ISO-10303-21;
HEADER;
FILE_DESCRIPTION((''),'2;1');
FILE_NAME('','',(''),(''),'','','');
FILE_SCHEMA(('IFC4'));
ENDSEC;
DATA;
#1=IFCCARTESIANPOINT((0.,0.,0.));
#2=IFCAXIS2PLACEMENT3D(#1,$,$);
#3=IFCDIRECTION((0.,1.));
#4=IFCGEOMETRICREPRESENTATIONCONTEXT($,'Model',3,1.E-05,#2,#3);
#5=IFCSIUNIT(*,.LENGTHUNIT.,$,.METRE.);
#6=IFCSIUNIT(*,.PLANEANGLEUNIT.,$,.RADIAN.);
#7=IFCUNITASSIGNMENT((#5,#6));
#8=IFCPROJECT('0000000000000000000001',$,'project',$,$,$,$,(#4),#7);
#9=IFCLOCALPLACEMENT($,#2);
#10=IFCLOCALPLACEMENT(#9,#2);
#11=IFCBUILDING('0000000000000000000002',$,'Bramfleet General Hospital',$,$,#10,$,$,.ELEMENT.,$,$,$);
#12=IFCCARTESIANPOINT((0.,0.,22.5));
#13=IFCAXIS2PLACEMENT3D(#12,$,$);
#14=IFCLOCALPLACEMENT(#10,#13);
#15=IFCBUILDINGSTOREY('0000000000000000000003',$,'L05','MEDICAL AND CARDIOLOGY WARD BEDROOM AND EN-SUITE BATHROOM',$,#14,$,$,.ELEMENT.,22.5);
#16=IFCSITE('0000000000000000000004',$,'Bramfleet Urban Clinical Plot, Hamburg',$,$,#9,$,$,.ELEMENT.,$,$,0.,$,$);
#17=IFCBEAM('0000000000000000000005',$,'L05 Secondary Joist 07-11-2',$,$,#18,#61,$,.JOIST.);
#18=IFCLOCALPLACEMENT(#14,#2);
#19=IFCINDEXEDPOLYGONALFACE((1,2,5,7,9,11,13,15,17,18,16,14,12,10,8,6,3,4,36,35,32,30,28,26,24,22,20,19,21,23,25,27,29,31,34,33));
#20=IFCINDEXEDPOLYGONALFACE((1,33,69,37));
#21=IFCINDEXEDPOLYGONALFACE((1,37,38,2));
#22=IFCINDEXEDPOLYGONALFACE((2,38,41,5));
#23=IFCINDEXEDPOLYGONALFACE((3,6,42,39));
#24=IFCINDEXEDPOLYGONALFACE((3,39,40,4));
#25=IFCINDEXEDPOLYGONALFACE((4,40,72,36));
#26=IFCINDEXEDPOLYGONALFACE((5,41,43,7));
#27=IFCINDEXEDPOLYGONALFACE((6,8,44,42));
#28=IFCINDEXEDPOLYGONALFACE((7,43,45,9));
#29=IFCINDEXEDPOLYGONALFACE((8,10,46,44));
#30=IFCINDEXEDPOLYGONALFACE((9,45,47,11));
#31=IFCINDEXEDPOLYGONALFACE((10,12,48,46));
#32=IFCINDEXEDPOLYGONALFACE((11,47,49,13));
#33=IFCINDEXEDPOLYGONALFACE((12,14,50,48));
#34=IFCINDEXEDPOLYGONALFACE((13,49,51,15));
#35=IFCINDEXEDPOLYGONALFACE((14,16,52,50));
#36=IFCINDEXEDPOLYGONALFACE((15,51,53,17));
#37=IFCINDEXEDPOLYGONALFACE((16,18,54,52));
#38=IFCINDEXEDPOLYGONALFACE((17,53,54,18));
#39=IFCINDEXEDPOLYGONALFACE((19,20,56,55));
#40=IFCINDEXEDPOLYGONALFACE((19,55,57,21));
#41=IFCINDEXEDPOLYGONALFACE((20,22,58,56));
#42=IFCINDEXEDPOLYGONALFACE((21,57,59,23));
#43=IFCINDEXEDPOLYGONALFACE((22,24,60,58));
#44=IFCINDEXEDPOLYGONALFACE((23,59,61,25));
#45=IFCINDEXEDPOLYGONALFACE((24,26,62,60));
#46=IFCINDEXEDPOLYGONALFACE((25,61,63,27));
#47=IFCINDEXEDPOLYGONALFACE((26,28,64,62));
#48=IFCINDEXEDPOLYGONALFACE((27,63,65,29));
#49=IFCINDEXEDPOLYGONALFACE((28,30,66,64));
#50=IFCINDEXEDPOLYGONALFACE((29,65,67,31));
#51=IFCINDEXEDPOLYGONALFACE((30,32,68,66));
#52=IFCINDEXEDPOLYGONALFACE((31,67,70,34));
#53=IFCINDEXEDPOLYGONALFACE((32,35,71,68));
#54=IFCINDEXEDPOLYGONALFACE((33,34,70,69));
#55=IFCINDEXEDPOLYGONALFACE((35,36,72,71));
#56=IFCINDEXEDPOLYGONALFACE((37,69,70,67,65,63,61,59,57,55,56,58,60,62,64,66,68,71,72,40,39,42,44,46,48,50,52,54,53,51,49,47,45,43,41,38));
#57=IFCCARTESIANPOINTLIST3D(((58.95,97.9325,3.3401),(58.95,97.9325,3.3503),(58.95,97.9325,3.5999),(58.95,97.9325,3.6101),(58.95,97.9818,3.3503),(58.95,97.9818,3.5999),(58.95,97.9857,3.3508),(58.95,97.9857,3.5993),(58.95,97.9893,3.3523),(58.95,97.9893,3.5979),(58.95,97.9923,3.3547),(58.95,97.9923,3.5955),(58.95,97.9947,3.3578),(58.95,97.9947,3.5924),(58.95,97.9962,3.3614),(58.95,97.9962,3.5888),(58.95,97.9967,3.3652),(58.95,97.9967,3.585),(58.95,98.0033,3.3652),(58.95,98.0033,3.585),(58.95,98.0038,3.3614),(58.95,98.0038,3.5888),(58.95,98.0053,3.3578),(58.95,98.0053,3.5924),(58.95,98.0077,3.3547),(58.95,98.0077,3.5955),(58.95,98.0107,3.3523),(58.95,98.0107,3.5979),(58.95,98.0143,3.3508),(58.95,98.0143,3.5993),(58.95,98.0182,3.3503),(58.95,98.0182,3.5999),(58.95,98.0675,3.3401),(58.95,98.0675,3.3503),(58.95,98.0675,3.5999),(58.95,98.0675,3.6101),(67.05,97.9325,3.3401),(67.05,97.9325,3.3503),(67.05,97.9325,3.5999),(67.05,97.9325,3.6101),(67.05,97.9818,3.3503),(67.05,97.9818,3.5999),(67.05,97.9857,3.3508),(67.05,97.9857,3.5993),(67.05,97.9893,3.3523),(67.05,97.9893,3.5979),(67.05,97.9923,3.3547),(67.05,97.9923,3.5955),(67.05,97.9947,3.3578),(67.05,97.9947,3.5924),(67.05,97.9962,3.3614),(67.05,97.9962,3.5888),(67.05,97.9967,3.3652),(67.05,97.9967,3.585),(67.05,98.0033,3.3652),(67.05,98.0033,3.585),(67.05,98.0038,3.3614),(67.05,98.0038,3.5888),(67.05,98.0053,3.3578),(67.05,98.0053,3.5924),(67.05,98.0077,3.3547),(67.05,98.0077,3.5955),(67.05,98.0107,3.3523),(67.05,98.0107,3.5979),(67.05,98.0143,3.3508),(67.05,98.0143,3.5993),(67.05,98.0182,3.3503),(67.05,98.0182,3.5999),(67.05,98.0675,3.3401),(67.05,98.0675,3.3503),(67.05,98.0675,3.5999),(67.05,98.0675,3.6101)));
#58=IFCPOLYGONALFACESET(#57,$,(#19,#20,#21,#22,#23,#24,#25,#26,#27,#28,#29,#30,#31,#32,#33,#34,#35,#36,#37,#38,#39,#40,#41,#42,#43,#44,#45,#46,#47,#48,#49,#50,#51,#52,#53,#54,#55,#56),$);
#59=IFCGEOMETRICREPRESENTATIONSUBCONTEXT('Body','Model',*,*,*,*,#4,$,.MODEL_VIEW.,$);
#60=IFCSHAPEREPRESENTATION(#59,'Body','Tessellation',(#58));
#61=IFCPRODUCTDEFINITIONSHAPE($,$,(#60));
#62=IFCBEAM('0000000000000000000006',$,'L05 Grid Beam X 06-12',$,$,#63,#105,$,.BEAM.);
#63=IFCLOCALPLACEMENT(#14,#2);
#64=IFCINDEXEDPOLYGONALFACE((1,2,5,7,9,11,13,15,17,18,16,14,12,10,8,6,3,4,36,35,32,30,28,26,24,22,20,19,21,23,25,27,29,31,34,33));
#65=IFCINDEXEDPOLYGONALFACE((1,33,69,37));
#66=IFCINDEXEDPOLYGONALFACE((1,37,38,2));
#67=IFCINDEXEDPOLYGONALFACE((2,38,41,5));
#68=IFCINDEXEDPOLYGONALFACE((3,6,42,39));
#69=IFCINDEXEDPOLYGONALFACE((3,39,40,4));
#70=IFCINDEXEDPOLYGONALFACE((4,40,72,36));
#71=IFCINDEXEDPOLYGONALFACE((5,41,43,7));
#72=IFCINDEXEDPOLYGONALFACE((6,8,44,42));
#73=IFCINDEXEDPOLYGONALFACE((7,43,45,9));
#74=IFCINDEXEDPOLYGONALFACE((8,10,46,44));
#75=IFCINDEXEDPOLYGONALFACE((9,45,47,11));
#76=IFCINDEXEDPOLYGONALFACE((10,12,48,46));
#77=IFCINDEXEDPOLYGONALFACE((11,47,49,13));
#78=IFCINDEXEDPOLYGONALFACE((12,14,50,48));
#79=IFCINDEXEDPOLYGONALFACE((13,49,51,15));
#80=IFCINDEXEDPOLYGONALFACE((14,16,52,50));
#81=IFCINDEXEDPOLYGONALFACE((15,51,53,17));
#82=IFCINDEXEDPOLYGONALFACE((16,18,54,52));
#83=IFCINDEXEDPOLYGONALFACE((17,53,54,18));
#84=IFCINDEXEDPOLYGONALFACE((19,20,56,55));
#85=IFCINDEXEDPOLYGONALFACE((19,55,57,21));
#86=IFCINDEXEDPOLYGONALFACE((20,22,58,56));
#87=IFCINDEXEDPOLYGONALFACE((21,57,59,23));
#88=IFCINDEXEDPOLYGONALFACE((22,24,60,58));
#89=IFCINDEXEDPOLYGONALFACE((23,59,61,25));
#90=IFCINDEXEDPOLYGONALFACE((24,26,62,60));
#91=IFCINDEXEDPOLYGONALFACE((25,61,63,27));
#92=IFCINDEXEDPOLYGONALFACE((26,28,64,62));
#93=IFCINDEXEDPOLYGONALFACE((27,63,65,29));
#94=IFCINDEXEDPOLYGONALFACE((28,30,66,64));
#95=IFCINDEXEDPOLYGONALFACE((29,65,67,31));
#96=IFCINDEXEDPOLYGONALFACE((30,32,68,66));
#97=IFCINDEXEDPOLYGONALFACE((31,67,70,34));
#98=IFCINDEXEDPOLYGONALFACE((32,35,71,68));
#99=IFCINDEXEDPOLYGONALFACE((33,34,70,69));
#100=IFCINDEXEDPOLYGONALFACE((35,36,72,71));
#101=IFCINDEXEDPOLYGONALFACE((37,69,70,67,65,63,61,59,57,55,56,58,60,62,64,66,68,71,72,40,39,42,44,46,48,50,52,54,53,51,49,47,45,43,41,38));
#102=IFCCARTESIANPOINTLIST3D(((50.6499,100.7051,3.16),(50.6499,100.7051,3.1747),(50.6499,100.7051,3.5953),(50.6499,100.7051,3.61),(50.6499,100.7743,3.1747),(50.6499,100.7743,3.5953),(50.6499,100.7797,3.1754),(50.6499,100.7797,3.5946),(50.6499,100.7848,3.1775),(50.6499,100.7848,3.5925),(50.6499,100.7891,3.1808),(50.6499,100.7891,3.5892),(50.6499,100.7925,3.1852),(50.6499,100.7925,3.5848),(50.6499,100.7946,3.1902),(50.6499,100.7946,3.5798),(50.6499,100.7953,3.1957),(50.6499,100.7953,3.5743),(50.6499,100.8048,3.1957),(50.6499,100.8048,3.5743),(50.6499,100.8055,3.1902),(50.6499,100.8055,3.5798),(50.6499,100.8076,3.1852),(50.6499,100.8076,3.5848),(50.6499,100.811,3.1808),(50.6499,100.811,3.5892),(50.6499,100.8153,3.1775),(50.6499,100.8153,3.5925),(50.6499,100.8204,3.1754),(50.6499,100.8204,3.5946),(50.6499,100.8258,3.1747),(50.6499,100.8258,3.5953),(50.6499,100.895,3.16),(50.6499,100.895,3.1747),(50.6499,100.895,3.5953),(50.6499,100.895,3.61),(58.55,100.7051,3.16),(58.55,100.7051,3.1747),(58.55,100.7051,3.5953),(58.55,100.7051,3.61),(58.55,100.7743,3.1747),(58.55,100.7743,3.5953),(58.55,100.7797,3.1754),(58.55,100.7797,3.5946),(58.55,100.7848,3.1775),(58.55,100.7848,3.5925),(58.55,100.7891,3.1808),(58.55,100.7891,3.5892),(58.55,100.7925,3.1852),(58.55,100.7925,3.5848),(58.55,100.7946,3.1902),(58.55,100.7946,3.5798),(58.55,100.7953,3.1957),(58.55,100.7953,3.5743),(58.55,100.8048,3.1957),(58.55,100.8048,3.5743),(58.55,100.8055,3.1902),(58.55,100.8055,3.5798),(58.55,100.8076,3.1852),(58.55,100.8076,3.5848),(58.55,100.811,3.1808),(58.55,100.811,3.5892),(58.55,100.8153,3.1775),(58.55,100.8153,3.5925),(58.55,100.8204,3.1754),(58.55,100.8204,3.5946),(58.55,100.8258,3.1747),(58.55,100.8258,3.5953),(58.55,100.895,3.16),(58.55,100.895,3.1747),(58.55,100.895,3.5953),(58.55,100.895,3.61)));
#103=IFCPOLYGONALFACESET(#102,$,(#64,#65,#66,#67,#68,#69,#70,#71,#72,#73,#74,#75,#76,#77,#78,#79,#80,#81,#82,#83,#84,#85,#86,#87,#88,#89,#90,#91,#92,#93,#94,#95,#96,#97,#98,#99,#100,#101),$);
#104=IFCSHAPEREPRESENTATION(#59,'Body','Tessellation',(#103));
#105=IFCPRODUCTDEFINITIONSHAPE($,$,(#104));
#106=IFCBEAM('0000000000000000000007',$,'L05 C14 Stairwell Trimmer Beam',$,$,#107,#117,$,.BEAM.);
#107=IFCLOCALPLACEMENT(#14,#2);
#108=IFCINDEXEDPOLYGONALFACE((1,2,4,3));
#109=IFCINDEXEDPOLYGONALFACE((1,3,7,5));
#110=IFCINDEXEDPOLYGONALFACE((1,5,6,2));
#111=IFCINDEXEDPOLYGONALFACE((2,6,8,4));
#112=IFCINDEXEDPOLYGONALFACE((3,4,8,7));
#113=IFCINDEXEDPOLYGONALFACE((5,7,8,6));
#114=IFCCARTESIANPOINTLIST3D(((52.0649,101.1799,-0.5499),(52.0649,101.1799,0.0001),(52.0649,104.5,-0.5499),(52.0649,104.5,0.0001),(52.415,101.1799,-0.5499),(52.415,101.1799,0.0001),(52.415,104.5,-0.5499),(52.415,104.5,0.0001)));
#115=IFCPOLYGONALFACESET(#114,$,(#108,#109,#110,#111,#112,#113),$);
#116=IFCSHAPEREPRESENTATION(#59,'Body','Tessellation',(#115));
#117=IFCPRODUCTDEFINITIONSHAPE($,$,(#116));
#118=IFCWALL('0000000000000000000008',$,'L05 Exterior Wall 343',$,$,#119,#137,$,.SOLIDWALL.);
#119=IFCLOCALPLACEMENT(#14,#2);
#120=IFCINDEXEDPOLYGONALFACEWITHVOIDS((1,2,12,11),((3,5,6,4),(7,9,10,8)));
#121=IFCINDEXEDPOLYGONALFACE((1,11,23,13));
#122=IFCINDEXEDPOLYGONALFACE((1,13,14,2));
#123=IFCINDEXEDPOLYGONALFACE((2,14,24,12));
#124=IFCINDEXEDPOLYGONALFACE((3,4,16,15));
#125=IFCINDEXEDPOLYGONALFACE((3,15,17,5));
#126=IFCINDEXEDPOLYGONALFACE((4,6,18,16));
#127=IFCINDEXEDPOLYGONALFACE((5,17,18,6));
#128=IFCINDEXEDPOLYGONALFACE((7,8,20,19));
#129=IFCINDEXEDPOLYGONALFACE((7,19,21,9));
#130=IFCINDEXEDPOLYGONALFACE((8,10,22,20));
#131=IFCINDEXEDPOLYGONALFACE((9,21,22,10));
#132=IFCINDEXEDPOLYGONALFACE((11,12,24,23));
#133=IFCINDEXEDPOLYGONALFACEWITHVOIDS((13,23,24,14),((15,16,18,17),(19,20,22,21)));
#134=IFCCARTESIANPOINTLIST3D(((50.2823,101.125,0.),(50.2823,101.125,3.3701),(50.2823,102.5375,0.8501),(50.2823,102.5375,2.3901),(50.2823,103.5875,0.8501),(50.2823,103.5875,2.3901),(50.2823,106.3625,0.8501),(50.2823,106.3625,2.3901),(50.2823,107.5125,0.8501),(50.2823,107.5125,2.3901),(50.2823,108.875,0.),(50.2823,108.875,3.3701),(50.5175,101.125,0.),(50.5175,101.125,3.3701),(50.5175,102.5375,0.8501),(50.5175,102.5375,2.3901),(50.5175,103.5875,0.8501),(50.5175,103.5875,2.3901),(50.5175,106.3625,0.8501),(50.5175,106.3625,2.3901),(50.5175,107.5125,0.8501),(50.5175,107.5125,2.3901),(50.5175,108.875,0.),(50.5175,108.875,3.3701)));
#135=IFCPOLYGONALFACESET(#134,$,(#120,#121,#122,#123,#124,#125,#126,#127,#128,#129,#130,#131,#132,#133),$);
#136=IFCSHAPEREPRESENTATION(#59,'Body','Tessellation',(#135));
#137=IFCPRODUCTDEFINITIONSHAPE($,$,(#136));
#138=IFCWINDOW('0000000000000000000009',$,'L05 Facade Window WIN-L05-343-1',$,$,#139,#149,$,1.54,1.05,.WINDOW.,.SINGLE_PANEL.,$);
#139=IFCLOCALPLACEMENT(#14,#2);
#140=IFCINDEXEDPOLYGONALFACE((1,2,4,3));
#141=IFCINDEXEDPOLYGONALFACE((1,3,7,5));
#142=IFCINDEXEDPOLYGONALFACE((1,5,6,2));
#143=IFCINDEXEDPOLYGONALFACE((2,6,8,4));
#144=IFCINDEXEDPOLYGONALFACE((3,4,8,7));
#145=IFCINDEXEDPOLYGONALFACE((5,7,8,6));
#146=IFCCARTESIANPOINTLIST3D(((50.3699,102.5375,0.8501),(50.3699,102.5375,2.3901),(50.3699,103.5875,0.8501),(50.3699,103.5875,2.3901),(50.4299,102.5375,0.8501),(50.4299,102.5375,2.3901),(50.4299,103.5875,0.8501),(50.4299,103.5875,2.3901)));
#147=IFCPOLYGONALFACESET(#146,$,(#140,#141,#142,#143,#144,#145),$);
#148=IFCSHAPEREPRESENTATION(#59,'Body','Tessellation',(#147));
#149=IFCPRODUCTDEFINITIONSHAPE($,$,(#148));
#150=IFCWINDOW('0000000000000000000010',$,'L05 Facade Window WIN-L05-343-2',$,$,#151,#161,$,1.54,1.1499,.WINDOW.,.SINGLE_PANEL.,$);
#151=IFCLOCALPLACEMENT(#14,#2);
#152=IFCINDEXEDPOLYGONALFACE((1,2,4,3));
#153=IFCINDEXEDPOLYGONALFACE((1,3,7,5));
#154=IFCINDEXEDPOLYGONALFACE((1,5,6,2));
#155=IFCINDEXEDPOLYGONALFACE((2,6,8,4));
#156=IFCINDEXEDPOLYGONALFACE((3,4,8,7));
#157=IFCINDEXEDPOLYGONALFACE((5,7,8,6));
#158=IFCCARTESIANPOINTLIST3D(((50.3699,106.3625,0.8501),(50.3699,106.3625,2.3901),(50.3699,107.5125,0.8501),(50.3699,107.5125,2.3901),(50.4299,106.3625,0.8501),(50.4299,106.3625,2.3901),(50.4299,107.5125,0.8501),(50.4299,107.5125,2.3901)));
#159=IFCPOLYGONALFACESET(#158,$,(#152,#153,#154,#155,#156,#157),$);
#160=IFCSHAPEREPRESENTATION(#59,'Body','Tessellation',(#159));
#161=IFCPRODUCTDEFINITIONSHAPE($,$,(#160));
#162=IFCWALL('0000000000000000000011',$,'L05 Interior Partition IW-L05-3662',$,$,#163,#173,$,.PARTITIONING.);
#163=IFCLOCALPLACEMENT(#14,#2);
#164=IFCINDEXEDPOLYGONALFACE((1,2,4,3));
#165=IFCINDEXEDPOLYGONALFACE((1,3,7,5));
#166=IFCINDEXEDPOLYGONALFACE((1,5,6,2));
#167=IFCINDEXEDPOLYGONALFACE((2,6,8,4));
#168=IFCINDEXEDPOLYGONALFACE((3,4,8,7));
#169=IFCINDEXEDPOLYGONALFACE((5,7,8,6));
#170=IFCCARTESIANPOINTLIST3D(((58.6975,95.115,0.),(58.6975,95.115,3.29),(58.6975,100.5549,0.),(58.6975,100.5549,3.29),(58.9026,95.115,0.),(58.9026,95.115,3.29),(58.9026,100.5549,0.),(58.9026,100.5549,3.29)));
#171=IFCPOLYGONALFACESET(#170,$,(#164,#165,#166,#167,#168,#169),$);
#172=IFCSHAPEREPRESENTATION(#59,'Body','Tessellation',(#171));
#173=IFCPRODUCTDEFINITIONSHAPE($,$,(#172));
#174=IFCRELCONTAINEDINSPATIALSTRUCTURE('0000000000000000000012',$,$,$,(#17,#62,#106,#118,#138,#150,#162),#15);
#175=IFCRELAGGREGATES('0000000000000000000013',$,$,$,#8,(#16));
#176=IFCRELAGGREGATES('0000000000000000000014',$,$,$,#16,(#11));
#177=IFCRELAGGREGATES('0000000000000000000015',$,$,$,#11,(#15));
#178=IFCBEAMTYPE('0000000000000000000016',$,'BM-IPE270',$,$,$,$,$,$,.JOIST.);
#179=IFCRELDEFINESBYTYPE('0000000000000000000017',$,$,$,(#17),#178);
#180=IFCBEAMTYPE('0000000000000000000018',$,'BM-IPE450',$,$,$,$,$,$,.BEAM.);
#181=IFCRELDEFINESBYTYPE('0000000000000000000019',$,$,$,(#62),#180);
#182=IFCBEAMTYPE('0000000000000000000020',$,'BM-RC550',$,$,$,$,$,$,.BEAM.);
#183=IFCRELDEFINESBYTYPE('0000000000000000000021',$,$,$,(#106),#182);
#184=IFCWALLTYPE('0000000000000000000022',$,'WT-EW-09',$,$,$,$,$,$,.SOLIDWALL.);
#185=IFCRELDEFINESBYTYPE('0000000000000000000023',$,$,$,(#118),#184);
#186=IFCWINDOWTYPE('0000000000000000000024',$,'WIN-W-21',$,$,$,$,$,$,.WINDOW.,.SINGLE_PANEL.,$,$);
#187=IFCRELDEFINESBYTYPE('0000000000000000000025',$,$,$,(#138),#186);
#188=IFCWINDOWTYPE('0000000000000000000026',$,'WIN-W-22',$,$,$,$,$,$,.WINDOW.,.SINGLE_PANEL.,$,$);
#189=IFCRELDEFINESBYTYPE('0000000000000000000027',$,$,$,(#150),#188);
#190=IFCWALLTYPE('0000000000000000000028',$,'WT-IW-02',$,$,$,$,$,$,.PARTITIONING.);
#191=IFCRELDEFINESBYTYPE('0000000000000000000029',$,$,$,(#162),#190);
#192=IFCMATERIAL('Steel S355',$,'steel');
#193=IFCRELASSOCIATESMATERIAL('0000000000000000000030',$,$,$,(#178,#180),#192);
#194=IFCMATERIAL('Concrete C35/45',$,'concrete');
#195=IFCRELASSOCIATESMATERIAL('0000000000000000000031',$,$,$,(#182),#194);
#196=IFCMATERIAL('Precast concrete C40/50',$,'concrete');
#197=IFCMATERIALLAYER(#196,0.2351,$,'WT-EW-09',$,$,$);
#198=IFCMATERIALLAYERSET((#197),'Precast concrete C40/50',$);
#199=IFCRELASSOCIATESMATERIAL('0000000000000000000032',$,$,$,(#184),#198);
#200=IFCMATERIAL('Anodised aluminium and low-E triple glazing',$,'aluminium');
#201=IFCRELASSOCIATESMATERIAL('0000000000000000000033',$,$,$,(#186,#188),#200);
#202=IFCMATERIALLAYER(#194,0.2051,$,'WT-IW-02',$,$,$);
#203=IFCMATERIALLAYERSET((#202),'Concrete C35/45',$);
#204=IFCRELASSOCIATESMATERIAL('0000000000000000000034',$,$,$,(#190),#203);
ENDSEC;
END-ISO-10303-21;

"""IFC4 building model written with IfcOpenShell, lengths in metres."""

from ifc_helpers import new_model, si_unit, direction, frame, frame_2d, origin, origin_2d, place, context, subcontext, project, spatial, rectangle, i_section, extrude, material, layer, layer_set, material_profile, profile_set, type_object, element, fill, save


model = new_model("IFC4")

# Units and contexts
model_context = context("Model", 3, precision=1e-05, world=origin(), true_north=direction((0.0, 1.0)))
body_context = subcontext(model_context, "Body", "Model", "MODEL_VIEW")
ifc_project = project(units=[si_unit("LENGTHUNIT", "METRE"), si_unit("PLANEANGLEUNIT", "RADIAN")], contexts=[model_context])

# Site, building, storey
site_placement = place(None, origin())
site = spatial("IfcSite", under=ifc_project, at=site_placement, Name="Bramfleet Urban Clinical Plot, Hamburg", CompositionType="ELEMENT", RefElevation=0.0)
building_placement = place(site_placement, origin())
building = spatial("IfcBuilding", under=site, at=building_placement, Name="Bramfleet General Hospital", CompositionType="ELEMENT")
storey_placement = place(building_placement, frame((0.0, 0.0, 22.5)))
storey = spatial("IfcBuildingStorey", under=building, at=storey_placement, Name="L05", Description="MEDICAL AND CARDIOLOGY WARD BEDROOM AND EN-SUITE BATHROOM", CompositionType="ELEMENT", Elevation=22.5)

# Beams
ifc_material_1 = material(Name="Steel S355", Category="steel")
ifc_material_profile_1 = material_profile(ifc_material_1, i_section(OverallWidth=0.135, OverallDepth=0.27, WebThickness=0.0066, FlangeThickness=0.0103, FilletRadius=0.0149, at=origin_2d()), Name="IPE 270")
ifc_profile_set_1 = profile_set([ifc_material_profile_1], Name="Steel S355")
beam_type_1 = type_object("IfcBeamType", Name="BM-IPE270", PredefinedType="JOIST", material=ifc_profile_set_1)
for number, where, z_axis, x_axis, name in (
    (1, (58.95, 98.0, 3.4751), (1.0, 0.0, 0.0), (0.0, 1.0, 0.0), "L05 Secondary Joist 07-11-2"),
):
    element("IfcBeam", number, at=place(storey_placement, frame(where, z_axis=z_axis, x_axis=x_axis)), inside=storey, type_object=beam_type_1, Name=name, PredefinedType="JOIST", context=body_context, shape_type="SweptSolid", body=[
        extrude(i_section(OverallWidth=0.135, OverallDepth=0.27, WebThickness=0.0066, FlangeThickness=0.0103, FilletRadius=0.0149, at=origin_2d()), origin(), (0.0, 0.0, 1.0), 8.1001),
    ])
ifc_material_profile_2 = material_profile(ifc_material_1, i_section(OverallWidth=0.1899, OverallDepth=0.45, WebThickness=0.0095, FlangeThickness=0.0146, FilletRadius=0.021, at=origin_2d()), Name="IPE 450")
ifc_profile_set_2 = profile_set([ifc_material_profile_2], Name="Steel S355")
beam_type_2 = type_object("IfcBeamType", Name="BM-IPE450", PredefinedType="BEAM", material=ifc_profile_set_2)
beam_1_placement = place(storey_placement, frame((50.6499, 100.8, 3.385), z_axis=(1.0, 0.0, 0.0), x_axis=(0.0, 1.0, 0.0)))
element("IfcBeam", 2, at=beam_1_placement, inside=storey, type_object=beam_type_2, Name="L05 Grid Beam X 06-12", PredefinedType="BEAM", context=body_context, shape_type="SweptSolid", body=[
    extrude(i_section(OverallWidth=0.1899, OverallDepth=0.45, WebThickness=0.0095, FlangeThickness=0.0146, FilletRadius=0.021, at=origin_2d()), origin(), (0.0, 0.0, 1.0), 7.9001),
])
ifc_material_2 = material(Name="Concrete C35/45", Category="concrete")
ifc_material_profile_3 = material_profile(ifc_material_2, rectangle(XDim=0.3501, YDim=0.55, at=origin_2d()), Name="RC BM 550x350")
ifc_profile_set_3 = profile_set([ifc_material_profile_3], Name="Concrete C35/45")
beam_type_3 = type_object("IfcBeamType", Name="BM-RC550", PredefinedType="BEAM", material=ifc_profile_set_3)
beam_2_placement = place(storey_placement, frame((52.24, 101.1799, -0.2749), z_axis=(0.0, 1.0, 0.0), x_axis=(-1.0, 0.0, 0.0)))
element("IfcBeam", 3, at=beam_2_placement, inside=storey, type_object=beam_type_3, Name="L05 C14 Stairwell Trimmer Beam", PredefinedType="BEAM", context=body_context, shape_type="SweptSolid", body=[
    extrude(rectangle(XDim=0.3501, YDim=0.55, at=origin_2d()), origin(), (0.0, 0.0, 1.0), 3.3201),
])

# Shared definitions
ifc_material_3 = material(Name="Precast concrete C40/50", Category="concrete")
ifc_material_4 = material(Name="Anodised aluminium and low-E triple glazing", Category="aluminium")

# Wall, openings, windows
ifc_layer_1 = layer(ifc_material_3, 0.2351, Name="WT-EW-09")
ifc_layer_set_1 = layer_set([ifc_layer_1], Name="Precast concrete C40/50")
wall_type_1 = type_object("IfcWallType", Name="WT-EW-09", PredefinedType="SOLIDWALL", material=ifc_layer_set_1)
wall_1_placement = place(storey_placement, frame((50.3999, 101.125, 0.0), z_axis=(0.0, 0.0, 1.0), x_axis=(0.0, 1.0, 0.0)))
wall_1 = element("IfcWall", 4, at=wall_1_placement, inside=storey, type_object=wall_type_1, Name="L05 Exterior Wall 343", PredefinedType="SOLIDWALL", context=body_context, shape_type="SweptSolid", body=[
    extrude(rectangle(XDim=7.75, YDim=0.2351, at=frame_2d((3.875, 0.0))), origin(), (0.0, 0.0, 1.0), 3.3701),
])
opening_1_placement = place(wall_1_placement, frame((1.4126, 0.0, 0.8501)))
opening_1 = element("IfcOpeningElement", 5, at=opening_1_placement, cuts=wall_1, PredefinedType="OPENING", context=body_context, shape_type="SweptSolid", body=[
    extrude(rectangle(XDim=1.05, YDim=1.54, at=frame_2d((0.5249, 0.77))), frame((0.0, 0.1274, 0.0), z_axis=(0.0, -1.0, 0.0), x_axis=(1.0, 0.0, 0.0)), (0.0, 0.0, 1.0), 0.2551),
])
opening_2_placement = place(wall_1_placement, frame((5.2375, 0.0, 0.8501)))
opening_2 = element("IfcOpeningElement", 6, at=opening_2_placement, cuts=wall_1, PredefinedType="OPENING", context=body_context, shape_type="SweptSolid", body=[
    extrude(rectangle(XDim=1.1499, YDim=1.54, at=frame_2d((0.575, 0.77))), frame((0.0, 0.1274, 0.0), z_axis=(0.0, -1.0, 0.0), x_axis=(1.0, 0.0, 0.0)), (0.0, 0.0, 1.0), 0.2551),
])
window_type_1 = type_object("IfcWindowType", Name="WIN-W-21", PartitioningType="SINGLE_PANEL", PredefinedType="WINDOW", material=ifc_material_4)
window_1_placement = place(opening_1_placement, origin())
window_1 = element("IfcWindow", 7, at=window_1_placement, inside=storey, type_object=window_type_1, Name="L05 Facade Window WIN-L05-343-1", OverallHeight=1.54, OverallWidth=1.05, PartitioningType="SINGLE_PANEL", PredefinedType="WINDOW", context=body_context, shape_type="SweptSolid", body=[
    extrude(rectangle(XDim=1.05, YDim=1.54, at=frame_2d((0.5249, 0.77))), frame((0.0, 0.03, 0.0), z_axis=(0.0, -1.0, 0.0), x_axis=(1.0, 0.0, 0.0)), (0.0, 0.0, 1.0), 0.0601),
])
fill(opening_1, window_1)
window_type_2 = type_object("IfcWindowType", Name="WIN-W-22", PartitioningType="SINGLE_PANEL", PredefinedType="WINDOW", material=ifc_material_4)
window_2_placement = place(opening_2_placement, origin())
window_2 = element("IfcWindow", 8, at=window_2_placement, inside=storey, type_object=window_type_2, Name="L05 Facade Window WIN-L05-343-2", OverallHeight=1.54, OverallWidth=1.1499, PartitioningType="SINGLE_PANEL", PredefinedType="WINDOW", context=body_context, shape_type="SweptSolid", body=[
    extrude(rectangle(XDim=1.1499, YDim=1.54, at=frame_2d((0.575, 0.77))), frame((0.0, 0.03, 0.0), z_axis=(0.0, -1.0, 0.0), x_axis=(1.0, 0.0, 0.0)), (0.0, 0.0, 1.0), 0.0601),
])
fill(opening_2, window_2)

# Wall
ifc_layer_2 = layer(ifc_material_2, 0.2051, Name="WT-IW-02")
ifc_layer_set_2 = layer_set([ifc_layer_2], Name="Concrete C35/45")
wall_type_2 = type_object("IfcWallType", Name="WT-IW-02", PredefinedType="PARTITIONING", material=ifc_layer_set_2)
wall_2_placement = place(storey_placement, frame((58.8, 95.115, 0.0), z_axis=(0.0, 0.0, 1.0), x_axis=(0.0, 1.0, 0.0)))
element("IfcWall", 9, at=wall_2_placement, inside=storey, type_object=wall_type_2, Name="L05 Interior Partition IW-L05-3662", PredefinedType="PARTITIONING", context=body_context, shape_type="SweptSolid", body=[
    extrude(rectangle(XDim=5.4399, YDim=0.2051, at=frame_2d((2.72, 0.0))), origin(), (0.0, 0.0, 1.0), 3.29),
])

save(model, "model.ifc")
